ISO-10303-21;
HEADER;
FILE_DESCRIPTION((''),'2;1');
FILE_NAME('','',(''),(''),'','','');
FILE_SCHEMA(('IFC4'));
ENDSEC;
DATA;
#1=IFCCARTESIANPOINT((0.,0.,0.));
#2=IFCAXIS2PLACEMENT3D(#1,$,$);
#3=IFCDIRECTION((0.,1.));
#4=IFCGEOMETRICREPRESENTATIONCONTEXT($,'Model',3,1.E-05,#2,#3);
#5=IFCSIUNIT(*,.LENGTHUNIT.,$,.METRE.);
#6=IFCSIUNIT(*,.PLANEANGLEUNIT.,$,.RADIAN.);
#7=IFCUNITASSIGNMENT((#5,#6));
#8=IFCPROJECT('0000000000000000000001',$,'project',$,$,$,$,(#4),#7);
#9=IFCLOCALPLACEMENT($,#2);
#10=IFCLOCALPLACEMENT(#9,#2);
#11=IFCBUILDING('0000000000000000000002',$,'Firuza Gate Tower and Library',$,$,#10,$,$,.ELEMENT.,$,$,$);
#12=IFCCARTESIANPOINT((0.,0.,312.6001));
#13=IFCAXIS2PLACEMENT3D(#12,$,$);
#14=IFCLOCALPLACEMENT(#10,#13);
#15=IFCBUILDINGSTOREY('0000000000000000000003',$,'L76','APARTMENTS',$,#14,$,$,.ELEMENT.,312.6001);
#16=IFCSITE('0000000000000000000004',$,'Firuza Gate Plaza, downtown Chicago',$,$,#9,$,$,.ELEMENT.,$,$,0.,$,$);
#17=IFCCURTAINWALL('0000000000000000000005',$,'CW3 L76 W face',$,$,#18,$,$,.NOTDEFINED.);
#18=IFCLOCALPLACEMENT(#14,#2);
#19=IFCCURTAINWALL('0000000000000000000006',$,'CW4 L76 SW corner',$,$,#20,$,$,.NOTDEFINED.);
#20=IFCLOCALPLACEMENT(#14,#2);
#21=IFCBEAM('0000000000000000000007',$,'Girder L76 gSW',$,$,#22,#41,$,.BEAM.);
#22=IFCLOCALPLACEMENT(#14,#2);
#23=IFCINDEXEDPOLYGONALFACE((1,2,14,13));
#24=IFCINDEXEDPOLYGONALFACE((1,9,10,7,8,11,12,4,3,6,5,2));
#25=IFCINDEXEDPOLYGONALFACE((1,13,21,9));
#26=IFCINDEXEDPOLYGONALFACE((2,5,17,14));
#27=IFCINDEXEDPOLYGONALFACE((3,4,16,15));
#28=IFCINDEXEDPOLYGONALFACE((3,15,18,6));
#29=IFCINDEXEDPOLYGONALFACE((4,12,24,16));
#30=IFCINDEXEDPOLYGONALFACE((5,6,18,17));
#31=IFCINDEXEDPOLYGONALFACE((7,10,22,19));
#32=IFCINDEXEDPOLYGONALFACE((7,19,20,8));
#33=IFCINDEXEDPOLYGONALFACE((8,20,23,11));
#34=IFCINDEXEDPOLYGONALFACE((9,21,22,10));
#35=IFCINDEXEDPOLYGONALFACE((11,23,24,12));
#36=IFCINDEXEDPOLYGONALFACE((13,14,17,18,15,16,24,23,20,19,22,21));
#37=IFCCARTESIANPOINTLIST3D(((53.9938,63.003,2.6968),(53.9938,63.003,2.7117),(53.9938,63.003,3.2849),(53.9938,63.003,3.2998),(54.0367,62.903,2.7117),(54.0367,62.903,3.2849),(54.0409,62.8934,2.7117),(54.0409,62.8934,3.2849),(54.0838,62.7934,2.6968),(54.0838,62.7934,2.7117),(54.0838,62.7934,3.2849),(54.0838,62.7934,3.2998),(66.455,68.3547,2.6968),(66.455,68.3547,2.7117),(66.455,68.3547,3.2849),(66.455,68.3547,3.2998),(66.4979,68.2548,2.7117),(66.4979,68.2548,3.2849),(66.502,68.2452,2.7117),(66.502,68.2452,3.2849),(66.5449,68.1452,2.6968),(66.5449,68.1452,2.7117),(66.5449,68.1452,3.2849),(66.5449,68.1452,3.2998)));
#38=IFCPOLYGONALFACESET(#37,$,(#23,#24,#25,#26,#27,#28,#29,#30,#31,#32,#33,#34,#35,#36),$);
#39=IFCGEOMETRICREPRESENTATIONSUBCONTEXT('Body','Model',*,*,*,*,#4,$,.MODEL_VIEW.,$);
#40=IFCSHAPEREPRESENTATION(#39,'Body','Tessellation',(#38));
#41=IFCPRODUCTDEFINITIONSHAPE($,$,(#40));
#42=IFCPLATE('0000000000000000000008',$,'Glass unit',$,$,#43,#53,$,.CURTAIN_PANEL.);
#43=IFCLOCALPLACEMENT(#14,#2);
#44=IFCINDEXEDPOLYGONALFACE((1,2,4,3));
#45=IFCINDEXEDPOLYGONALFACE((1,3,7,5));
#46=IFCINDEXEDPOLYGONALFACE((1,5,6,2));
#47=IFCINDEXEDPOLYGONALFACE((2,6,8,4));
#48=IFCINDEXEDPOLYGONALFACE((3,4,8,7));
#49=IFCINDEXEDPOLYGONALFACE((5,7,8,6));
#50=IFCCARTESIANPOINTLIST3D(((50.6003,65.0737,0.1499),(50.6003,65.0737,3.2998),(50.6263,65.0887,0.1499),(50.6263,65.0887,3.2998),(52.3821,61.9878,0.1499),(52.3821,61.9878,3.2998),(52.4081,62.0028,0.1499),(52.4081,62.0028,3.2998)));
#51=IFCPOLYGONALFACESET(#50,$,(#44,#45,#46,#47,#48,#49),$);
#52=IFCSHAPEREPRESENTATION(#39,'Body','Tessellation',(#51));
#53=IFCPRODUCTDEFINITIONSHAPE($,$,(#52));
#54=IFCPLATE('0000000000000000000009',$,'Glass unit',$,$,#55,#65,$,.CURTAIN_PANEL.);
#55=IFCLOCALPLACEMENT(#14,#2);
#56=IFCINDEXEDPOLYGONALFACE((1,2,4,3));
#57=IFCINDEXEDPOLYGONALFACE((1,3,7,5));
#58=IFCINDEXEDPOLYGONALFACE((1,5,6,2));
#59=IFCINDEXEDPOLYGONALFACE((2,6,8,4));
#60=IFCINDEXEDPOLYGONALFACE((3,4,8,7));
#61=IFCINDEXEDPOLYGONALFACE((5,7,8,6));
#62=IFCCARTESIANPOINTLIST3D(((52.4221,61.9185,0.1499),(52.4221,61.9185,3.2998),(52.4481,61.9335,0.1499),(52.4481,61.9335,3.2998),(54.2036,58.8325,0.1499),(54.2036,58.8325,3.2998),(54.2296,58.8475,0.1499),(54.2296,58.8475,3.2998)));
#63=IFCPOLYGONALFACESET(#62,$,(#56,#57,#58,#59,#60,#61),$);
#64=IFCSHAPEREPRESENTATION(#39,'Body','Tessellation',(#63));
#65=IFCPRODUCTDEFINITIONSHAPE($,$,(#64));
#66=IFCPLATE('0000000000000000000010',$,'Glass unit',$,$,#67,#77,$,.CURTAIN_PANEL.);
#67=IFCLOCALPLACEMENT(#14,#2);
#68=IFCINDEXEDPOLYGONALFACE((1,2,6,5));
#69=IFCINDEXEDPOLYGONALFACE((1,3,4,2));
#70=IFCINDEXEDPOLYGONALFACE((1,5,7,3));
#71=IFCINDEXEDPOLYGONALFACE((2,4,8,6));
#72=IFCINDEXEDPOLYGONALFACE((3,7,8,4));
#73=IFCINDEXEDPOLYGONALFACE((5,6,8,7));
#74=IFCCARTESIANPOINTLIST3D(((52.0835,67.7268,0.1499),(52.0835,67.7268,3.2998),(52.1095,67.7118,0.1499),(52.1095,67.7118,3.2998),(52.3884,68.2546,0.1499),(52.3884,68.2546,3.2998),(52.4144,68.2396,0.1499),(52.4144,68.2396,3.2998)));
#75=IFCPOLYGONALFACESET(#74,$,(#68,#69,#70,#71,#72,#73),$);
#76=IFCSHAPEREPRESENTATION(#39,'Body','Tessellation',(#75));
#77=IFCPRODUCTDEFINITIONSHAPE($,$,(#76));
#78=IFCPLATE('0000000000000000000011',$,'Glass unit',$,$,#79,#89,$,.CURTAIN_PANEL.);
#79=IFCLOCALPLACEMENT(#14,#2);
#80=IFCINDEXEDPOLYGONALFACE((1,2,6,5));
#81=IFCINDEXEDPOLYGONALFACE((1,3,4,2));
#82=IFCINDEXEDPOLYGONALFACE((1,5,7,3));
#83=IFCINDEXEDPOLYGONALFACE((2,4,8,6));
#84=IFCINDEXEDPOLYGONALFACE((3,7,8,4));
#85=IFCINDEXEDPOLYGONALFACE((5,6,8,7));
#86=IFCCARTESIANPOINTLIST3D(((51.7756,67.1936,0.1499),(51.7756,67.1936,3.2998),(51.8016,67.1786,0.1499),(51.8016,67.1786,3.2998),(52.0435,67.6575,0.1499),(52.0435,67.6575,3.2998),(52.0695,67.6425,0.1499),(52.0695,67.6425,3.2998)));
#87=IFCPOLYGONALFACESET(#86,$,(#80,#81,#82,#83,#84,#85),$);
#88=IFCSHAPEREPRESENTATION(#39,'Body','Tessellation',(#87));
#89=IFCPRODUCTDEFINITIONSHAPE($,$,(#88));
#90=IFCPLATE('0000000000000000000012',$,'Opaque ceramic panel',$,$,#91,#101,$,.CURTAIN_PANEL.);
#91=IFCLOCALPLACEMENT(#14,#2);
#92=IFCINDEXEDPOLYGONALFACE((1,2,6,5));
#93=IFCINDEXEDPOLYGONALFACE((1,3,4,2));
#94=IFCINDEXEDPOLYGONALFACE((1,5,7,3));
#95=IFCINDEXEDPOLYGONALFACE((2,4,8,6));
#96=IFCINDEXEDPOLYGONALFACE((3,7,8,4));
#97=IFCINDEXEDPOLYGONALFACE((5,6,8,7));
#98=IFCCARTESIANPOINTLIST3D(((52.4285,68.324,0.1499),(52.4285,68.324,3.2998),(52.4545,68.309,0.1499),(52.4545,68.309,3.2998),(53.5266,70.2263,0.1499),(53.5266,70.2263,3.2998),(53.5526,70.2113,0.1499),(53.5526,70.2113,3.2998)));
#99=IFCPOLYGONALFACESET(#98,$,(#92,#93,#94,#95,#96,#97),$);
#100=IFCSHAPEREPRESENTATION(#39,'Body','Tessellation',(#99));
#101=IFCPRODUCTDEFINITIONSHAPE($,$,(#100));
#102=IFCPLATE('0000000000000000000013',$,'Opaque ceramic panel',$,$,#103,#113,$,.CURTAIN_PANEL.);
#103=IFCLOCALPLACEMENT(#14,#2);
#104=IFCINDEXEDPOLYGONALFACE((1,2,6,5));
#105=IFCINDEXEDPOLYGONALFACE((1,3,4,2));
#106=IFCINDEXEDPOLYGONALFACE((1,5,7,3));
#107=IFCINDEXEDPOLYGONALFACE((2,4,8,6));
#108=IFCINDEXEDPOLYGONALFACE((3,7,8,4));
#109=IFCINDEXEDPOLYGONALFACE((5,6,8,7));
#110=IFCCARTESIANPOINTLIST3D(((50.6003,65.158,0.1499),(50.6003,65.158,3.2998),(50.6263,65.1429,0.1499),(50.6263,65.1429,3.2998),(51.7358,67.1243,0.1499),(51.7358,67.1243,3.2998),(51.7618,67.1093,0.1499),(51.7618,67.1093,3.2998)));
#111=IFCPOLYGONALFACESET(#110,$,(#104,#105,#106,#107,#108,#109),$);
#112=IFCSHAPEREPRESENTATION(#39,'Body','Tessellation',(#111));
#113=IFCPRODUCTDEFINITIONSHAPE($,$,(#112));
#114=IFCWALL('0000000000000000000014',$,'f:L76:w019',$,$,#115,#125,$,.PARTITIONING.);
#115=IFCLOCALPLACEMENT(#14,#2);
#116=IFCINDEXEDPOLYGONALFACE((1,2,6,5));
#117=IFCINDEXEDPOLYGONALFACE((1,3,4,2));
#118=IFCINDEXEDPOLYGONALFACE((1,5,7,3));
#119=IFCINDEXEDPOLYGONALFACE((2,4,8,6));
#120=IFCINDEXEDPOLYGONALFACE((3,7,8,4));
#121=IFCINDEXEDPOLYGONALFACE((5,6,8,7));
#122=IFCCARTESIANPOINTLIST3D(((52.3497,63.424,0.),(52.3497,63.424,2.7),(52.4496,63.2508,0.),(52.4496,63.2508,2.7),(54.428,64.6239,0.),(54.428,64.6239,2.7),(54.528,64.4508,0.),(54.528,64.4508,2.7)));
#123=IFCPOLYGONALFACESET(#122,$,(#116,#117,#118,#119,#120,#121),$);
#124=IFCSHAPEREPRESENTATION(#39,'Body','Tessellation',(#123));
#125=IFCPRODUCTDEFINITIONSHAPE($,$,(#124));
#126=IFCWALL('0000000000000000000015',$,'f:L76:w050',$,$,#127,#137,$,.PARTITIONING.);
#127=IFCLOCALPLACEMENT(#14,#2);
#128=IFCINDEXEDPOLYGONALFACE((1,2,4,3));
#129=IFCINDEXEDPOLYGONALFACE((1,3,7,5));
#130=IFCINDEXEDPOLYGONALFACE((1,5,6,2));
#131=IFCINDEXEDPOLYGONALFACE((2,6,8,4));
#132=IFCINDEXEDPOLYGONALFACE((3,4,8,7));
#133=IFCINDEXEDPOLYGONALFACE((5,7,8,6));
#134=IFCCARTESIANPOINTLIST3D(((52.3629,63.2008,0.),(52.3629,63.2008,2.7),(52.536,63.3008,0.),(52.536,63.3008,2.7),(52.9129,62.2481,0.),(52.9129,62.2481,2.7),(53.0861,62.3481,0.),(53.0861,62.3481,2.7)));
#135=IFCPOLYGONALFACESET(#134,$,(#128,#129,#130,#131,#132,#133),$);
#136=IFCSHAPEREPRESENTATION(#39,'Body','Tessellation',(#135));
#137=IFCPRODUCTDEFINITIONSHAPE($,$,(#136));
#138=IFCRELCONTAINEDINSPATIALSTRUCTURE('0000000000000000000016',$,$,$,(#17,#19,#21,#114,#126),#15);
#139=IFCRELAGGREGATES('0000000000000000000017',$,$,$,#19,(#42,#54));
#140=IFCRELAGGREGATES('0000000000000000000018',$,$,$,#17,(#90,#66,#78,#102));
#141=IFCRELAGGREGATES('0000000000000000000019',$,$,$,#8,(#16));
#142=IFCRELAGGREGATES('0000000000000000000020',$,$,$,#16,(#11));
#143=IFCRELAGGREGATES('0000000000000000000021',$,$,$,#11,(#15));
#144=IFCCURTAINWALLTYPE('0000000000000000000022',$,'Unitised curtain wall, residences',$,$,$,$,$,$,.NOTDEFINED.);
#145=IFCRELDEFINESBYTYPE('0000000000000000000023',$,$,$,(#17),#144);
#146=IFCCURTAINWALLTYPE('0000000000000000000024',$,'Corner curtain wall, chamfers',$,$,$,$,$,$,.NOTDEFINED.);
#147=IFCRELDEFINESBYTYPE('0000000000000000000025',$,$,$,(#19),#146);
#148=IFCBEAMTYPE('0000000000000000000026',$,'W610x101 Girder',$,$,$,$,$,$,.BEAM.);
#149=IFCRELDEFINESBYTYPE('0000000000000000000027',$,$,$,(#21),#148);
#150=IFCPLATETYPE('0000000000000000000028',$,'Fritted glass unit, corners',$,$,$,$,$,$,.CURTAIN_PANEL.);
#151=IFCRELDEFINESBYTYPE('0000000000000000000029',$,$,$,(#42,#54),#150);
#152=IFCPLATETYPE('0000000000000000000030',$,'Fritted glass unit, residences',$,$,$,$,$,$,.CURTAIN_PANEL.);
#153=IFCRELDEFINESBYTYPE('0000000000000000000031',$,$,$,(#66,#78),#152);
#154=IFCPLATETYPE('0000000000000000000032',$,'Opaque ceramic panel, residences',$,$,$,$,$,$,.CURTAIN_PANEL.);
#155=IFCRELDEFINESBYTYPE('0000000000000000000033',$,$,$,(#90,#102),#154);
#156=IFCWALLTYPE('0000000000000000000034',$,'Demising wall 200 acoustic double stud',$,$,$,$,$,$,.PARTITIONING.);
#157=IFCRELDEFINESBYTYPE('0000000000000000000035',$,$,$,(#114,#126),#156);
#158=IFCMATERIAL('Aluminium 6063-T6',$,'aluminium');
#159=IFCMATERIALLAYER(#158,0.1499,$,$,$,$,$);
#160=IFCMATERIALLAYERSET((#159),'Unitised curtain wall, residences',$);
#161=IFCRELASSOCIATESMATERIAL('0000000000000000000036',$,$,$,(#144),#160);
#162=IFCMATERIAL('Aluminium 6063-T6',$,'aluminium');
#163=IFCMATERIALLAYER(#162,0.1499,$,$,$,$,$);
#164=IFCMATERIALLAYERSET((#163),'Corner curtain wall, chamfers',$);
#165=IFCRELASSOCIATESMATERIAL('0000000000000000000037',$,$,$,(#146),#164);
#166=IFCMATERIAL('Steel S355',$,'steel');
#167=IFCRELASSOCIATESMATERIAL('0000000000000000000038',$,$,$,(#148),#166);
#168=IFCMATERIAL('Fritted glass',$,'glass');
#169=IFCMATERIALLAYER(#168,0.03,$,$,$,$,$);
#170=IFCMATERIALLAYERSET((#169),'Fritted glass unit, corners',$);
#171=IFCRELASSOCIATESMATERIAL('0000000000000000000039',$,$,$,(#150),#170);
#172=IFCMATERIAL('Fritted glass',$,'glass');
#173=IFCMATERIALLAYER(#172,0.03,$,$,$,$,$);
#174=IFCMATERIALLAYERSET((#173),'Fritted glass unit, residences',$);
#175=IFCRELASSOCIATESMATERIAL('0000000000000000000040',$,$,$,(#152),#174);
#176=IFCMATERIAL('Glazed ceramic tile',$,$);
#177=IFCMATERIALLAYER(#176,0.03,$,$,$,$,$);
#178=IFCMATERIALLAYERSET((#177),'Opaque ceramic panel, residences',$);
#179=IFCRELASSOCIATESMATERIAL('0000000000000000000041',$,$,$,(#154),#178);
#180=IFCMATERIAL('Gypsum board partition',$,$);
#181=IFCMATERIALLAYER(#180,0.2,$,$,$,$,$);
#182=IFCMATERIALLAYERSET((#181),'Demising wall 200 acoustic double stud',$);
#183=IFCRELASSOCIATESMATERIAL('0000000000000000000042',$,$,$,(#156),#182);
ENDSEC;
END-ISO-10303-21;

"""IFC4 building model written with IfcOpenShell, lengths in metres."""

from ifc_helpers import new_model, si_unit, direction, frame, frame_2d, origin, origin_2d, place, context, subcontext, project, spatial, polyline, rectangle, i_section, outline, extrude, material, layer, layer_set, material_profile, profile_set, type_object, element, aggregate, save


model = new_model("IFC4")

# Units and contexts
model_context = context("Model", 3, precision=1e-05, world=origin(), true_north=direction((0.0, 1.0)))
body_context = subcontext(model_context, "Body", "Model", "MODEL_VIEW")
ifc_project = project(units=[si_unit("LENGTHUNIT", "METRE"), si_unit("PLANEANGLEUNIT", "RADIAN")], contexts=[model_context])

# Site, building, storey
site_placement = place(None, origin())
site = spatial("IfcSite", under=ifc_project, at=site_placement, Name="Firuza Gate Plaza, downtown Chicago", CompositionType="ELEMENT", RefElevation=0.0)
building_placement = place(site_placement, origin())
building = spatial("IfcBuilding", under=site, at=building_placement, Name="Firuza Gate Tower and Library", CompositionType="ELEMENT")
storey_placement = place(building_placement, frame((0.0, 0.0, 312.6001)))
storey = spatial("IfcBuildingStorey", under=building, at=storey_placement, Name="L76", Description="APARTMENTS", CompositionType="ELEMENT", Elevation=312.6001)

# Curtain walls
ifc_material_1 = material(Name="Aluminium 6063-T6", Category="aluminium")
ifc_layer_1 = layer(ifc_material_1, 0.1499)
ifc_layer_set_1 = layer_set([ifc_layer_1], Name="Unitised curtain wall, residences")
curtain_wall_type_1 = type_object("IfcCurtainWallType", Name="Unitised curtain wall, residences", PredefinedType="NOTDEFINED", material=ifc_layer_set_1)
placement = place(storey_placement, origin())
curtain_wall_1 = element("IfcCurtainWall", 1, at=placement, inside=storey, type_object=curtain_wall_type_1, Name="CW3 L76 W face", PredefinedType="NOTDEFINED")
ifc_material_2 = material(Name="Aluminium 6063-T6", Category="aluminium")
ifc_layer_2 = layer(ifc_material_2, 0.1499)
ifc_layer_set_2 = layer_set([ifc_layer_2], Name="Corner curtain wall, chamfers")
curtain_wall_type_2 = type_object("IfcCurtainWallType", Name="Corner curtain wall, chamfers", PredefinedType="NOTDEFINED", material=ifc_layer_set_2)
curtain_wall_2 = element("IfcCurtainWall", 2, at=placement, inside=storey, type_object=curtain_wall_type_2, Name="CW4 L76 SW corner", PredefinedType="NOTDEFINED")

# Beam
ifc_material_3 = material(Name="Steel S355", Category="steel")
ifc_material_profile_1 = material_profile(ifc_material_3, i_section(OverallWidth=0.228, OverallDepth=0.603, WebThickness=0.0105, FlangeThickness=0.0149, at=origin_2d()))
ifc_profile_set_1 = profile_set([ifc_material_profile_1], Name="Steel S355")
beam_type_1 = type_object("IfcBeamType", Name="W610x101 Girder", PredefinedType="BEAM", material=ifc_profile_set_1)
beam_1_placement = place(storey_placement, frame((54.0388, 62.8982, 2.9983), z_axis=(0.918843, 0.394623, 0.0), x_axis=(-0.394623, 0.918843, 0.0)))
element("IfcBeam", 3, at=beam_1_placement, inside=storey, type_object=beam_type_1, Name="Girder L76 gSW", PredefinedType="BEAM", context=body_context, shape_type="SweptSolid", body=[
    extrude(i_section(OverallWidth=0.228, OverallDepth=0.603, WebThickness=0.0105, FlangeThickness=0.0149, at=origin_2d()), origin(), (0.0, 0.0, 1.0), 13.5618),
])

# Plates
ifc_material_4 = material(Name="Fritted glass", Category="glass")
ifc_layer_3 = layer(ifc_material_4, 0.03)
ifc_layer_set_3 = layer_set([ifc_layer_3], Name="Fritted glass unit, corners")
plate_type_1 = type_object("IfcPlateType", Name="Fritted glass unit, corners", PredefinedType="CURTAIN_PANEL", material=ifc_layer_set_3)
plate_1_placement = place(storey_placement, frame((50.6003, 65.0737, 0.1499), z_axis=(-0.866017, -0.500015, 0.0), x_axis=(0.500015, -0.866017, 0.0)))
plate_1 = element("IfcPlate", 4, at=plate_1_placement, type_object=plate_type_1, Name="Glass unit", PredefinedType="CURTAIN_PANEL", context=body_context, shape_type="SweptSolid", body=[
    extrude(outline(polyline([(0.0, 0.0), (3.5634, 0.0), (3.5634, 3.1499), (0.0, 3.1499), (0.0, 0.0)])), origin(), (0.0, 0.0, -1.0), 0.03),
])
plate_2_placement = place(storey_placement, frame((52.4221, 61.9185, 0.1499), z_axis=(-0.866046, -0.499964, 0.0), x_axis=(0.499964, -0.866046, 0.0)))
plate_2 = element("IfcPlate", 5, at=plate_2_placement, type_object=plate_type_1, Name="Glass unit", PredefinedType="CURTAIN_PANEL", context=body_context, shape_type="SweptSolid", body=[
    extrude(outline(polyline([(0.0, 0.0), (3.5632, 0.0), (3.5632, 3.1499), (0.0, 3.1499), (0.0, 0.0)])), origin(), (0.0, 0.0, -1.0), 0.03),
])
aggregate(curtain_wall_2, [plate_1, plate_2])
ifc_material_5 = material(Name="Fritted glass", Category="glass")
ifc_layer_4 = layer(ifc_material_5, 0.03)
ifc_layer_set_4 = layer_set([ifc_layer_4], Name="Fritted glass unit, residences")
plate_type_2 = type_object("IfcPlateType", Name="Fritted glass unit, residences", PredefinedType="CURTAIN_PANEL", material=ifc_layer_set_4)
plate_3_placement = place(storey_placement, frame((52.3884, 68.2546, 0.1499), z_axis=(-0.865892, 0.500231, 0.0), x_axis=(-0.500231, -0.865892, 0.0)))
plate_3 = element("IfcPlate", 6, at=plate_3_placement, type_object=plate_type_2, Name="Glass unit", PredefinedType="CURTAIN_PANEL", context=body_context, shape_type="SweptSolid", body=[
    extrude(outline(polyline([(0.0, 0.0), (0.6096, 0.0), (0.6096, 3.1499), (0.0, 3.1499), (0.0, 0.0)])), origin(), (0.0, 0.0, -1.0), 0.03),
])
plate_4_placement = place(storey_placement, frame((52.0435, 67.6575, 0.1499), z_axis=(-0.866019, 0.500012, 0.0), x_axis=(-0.500012, -0.866019, 0.0)))
plate_4 = element("IfcPlate", 7, at=plate_4_placement, type_object=plate_type_2, Name="Glass unit", PredefinedType="CURTAIN_PANEL", context=body_context, shape_type="SweptSolid", body=[
    extrude(outline(polyline([(0.0, 0.0), (0.5356, 0.0), (0.5356, 3.1499), (0.0, 3.1499), (0.0, 0.0)])), origin(), (0.0, 0.0, -1.0), 0.03),
])
ifc_material_6 = material(Name="Glazed ceramic tile")
ifc_layer_5 = layer(ifc_material_6, 0.03)
ifc_layer_set_5 = layer_set([ifc_layer_5], Name="Opaque ceramic panel, residences")
plate_type_3 = type_object("IfcPlateType", Name="Opaque ceramic panel, residences", PredefinedType="CURTAIN_PANEL", material=ifc_layer_set_5)
plate_5_placement = place(storey_placement, frame((53.5266, 70.2263, 0.1499), z_axis=(-0.86606, 0.499941, 0.0), x_axis=(-0.499941, -0.86606, 0.0)))
plate_5 = element("IfcPlate", 8, at=plate_5_placement, type_object=plate_type_3, Name="Opaque ceramic panel", PredefinedType="CURTAIN_PANEL", context=body_context, shape_type="SweptSolid", body=[
    extrude(outline(polyline([(0.0, 0.0), (2.1966, 0.0), (2.1966, 3.1499), (0.0, 3.1499), (0.0, 0.0)])), origin(), (0.0, 0.0, -1.0), 0.03),
])
plate_6_placement = place(storey_placement, frame((51.7358, 67.1243, 0.1499), z_axis=(-0.865978, 0.500082, 0.0), x_axis=(-0.500082, -0.865978, 0.0)))
plate_6 = element("IfcPlate", 9, at=plate_6_placement, type_object=plate_type_3, Name="Opaque ceramic panel", PredefinedType="CURTAIN_PANEL", context=body_context, shape_type="SweptSolid", body=[
    extrude(outline(polyline([(0.0, 0.0), (2.2706, 0.0), (2.2706, 3.1499), (0.0, 3.1499), (0.0, 0.0)])), origin(), (0.0, 0.0, -1.0), 0.03),
])
aggregate(curtain_wall_1, [plate_5, plate_3, plate_4, plate_6])

# Walls
ifc_material_7 = material(Name="Gypsum board partition")
ifc_layer_6 = layer(ifc_material_7, 0.2)
ifc_layer_set_6 = layer_set([ifc_layer_6], Name="Demising wall 200 acoustic double stud")
wall_type = type_object("IfcWallType", Name="Demising wall 200 acoustic double stud", PredefinedType="PARTITIONING", material=ifc_layer_set_6)
wall_1_placement = place(storey_placement, frame((52.3997, 63.3374, 0.0), z_axis=(0.0, 0.0, 1.0), x_axis=(0.866025, 0.500001, 0.0)))
element("IfcWall", 10, at=wall_1_placement, inside=storey, type_object=wall_type, Name="f:L76:w019", PredefinedType="PARTITIONING", context=body_context, shape_type="SweptSolid", body=[
    extrude(rectangle(XDim=2.3999, YDim=0.2, at=frame_2d((1.2, 0.0))), origin(), (0.0, 0.0, 1.0), 2.7),
])
wall_2_placement = place(storey_placement, frame((52.9995, 62.2981, 0.0), z_axis=(0.0, 0.0, 1.0), x_axis=(-0.50003, 0.866008, 0.0)))
element("IfcWall", 11, at=wall_2_placement, inside=storey, type_object=wall_type, Name="f:L76:w050", PredefinedType="PARTITIONING", context=body_context, shape_type="SweptSolid", body=[
    extrude(rectangle(XDim=1.1001, YDim=0.2, at=frame_2d((0.55, 0.0))), origin(), (0.0, 0.0, 1.0), 2.7),
])

save(model, "model.ifc")
